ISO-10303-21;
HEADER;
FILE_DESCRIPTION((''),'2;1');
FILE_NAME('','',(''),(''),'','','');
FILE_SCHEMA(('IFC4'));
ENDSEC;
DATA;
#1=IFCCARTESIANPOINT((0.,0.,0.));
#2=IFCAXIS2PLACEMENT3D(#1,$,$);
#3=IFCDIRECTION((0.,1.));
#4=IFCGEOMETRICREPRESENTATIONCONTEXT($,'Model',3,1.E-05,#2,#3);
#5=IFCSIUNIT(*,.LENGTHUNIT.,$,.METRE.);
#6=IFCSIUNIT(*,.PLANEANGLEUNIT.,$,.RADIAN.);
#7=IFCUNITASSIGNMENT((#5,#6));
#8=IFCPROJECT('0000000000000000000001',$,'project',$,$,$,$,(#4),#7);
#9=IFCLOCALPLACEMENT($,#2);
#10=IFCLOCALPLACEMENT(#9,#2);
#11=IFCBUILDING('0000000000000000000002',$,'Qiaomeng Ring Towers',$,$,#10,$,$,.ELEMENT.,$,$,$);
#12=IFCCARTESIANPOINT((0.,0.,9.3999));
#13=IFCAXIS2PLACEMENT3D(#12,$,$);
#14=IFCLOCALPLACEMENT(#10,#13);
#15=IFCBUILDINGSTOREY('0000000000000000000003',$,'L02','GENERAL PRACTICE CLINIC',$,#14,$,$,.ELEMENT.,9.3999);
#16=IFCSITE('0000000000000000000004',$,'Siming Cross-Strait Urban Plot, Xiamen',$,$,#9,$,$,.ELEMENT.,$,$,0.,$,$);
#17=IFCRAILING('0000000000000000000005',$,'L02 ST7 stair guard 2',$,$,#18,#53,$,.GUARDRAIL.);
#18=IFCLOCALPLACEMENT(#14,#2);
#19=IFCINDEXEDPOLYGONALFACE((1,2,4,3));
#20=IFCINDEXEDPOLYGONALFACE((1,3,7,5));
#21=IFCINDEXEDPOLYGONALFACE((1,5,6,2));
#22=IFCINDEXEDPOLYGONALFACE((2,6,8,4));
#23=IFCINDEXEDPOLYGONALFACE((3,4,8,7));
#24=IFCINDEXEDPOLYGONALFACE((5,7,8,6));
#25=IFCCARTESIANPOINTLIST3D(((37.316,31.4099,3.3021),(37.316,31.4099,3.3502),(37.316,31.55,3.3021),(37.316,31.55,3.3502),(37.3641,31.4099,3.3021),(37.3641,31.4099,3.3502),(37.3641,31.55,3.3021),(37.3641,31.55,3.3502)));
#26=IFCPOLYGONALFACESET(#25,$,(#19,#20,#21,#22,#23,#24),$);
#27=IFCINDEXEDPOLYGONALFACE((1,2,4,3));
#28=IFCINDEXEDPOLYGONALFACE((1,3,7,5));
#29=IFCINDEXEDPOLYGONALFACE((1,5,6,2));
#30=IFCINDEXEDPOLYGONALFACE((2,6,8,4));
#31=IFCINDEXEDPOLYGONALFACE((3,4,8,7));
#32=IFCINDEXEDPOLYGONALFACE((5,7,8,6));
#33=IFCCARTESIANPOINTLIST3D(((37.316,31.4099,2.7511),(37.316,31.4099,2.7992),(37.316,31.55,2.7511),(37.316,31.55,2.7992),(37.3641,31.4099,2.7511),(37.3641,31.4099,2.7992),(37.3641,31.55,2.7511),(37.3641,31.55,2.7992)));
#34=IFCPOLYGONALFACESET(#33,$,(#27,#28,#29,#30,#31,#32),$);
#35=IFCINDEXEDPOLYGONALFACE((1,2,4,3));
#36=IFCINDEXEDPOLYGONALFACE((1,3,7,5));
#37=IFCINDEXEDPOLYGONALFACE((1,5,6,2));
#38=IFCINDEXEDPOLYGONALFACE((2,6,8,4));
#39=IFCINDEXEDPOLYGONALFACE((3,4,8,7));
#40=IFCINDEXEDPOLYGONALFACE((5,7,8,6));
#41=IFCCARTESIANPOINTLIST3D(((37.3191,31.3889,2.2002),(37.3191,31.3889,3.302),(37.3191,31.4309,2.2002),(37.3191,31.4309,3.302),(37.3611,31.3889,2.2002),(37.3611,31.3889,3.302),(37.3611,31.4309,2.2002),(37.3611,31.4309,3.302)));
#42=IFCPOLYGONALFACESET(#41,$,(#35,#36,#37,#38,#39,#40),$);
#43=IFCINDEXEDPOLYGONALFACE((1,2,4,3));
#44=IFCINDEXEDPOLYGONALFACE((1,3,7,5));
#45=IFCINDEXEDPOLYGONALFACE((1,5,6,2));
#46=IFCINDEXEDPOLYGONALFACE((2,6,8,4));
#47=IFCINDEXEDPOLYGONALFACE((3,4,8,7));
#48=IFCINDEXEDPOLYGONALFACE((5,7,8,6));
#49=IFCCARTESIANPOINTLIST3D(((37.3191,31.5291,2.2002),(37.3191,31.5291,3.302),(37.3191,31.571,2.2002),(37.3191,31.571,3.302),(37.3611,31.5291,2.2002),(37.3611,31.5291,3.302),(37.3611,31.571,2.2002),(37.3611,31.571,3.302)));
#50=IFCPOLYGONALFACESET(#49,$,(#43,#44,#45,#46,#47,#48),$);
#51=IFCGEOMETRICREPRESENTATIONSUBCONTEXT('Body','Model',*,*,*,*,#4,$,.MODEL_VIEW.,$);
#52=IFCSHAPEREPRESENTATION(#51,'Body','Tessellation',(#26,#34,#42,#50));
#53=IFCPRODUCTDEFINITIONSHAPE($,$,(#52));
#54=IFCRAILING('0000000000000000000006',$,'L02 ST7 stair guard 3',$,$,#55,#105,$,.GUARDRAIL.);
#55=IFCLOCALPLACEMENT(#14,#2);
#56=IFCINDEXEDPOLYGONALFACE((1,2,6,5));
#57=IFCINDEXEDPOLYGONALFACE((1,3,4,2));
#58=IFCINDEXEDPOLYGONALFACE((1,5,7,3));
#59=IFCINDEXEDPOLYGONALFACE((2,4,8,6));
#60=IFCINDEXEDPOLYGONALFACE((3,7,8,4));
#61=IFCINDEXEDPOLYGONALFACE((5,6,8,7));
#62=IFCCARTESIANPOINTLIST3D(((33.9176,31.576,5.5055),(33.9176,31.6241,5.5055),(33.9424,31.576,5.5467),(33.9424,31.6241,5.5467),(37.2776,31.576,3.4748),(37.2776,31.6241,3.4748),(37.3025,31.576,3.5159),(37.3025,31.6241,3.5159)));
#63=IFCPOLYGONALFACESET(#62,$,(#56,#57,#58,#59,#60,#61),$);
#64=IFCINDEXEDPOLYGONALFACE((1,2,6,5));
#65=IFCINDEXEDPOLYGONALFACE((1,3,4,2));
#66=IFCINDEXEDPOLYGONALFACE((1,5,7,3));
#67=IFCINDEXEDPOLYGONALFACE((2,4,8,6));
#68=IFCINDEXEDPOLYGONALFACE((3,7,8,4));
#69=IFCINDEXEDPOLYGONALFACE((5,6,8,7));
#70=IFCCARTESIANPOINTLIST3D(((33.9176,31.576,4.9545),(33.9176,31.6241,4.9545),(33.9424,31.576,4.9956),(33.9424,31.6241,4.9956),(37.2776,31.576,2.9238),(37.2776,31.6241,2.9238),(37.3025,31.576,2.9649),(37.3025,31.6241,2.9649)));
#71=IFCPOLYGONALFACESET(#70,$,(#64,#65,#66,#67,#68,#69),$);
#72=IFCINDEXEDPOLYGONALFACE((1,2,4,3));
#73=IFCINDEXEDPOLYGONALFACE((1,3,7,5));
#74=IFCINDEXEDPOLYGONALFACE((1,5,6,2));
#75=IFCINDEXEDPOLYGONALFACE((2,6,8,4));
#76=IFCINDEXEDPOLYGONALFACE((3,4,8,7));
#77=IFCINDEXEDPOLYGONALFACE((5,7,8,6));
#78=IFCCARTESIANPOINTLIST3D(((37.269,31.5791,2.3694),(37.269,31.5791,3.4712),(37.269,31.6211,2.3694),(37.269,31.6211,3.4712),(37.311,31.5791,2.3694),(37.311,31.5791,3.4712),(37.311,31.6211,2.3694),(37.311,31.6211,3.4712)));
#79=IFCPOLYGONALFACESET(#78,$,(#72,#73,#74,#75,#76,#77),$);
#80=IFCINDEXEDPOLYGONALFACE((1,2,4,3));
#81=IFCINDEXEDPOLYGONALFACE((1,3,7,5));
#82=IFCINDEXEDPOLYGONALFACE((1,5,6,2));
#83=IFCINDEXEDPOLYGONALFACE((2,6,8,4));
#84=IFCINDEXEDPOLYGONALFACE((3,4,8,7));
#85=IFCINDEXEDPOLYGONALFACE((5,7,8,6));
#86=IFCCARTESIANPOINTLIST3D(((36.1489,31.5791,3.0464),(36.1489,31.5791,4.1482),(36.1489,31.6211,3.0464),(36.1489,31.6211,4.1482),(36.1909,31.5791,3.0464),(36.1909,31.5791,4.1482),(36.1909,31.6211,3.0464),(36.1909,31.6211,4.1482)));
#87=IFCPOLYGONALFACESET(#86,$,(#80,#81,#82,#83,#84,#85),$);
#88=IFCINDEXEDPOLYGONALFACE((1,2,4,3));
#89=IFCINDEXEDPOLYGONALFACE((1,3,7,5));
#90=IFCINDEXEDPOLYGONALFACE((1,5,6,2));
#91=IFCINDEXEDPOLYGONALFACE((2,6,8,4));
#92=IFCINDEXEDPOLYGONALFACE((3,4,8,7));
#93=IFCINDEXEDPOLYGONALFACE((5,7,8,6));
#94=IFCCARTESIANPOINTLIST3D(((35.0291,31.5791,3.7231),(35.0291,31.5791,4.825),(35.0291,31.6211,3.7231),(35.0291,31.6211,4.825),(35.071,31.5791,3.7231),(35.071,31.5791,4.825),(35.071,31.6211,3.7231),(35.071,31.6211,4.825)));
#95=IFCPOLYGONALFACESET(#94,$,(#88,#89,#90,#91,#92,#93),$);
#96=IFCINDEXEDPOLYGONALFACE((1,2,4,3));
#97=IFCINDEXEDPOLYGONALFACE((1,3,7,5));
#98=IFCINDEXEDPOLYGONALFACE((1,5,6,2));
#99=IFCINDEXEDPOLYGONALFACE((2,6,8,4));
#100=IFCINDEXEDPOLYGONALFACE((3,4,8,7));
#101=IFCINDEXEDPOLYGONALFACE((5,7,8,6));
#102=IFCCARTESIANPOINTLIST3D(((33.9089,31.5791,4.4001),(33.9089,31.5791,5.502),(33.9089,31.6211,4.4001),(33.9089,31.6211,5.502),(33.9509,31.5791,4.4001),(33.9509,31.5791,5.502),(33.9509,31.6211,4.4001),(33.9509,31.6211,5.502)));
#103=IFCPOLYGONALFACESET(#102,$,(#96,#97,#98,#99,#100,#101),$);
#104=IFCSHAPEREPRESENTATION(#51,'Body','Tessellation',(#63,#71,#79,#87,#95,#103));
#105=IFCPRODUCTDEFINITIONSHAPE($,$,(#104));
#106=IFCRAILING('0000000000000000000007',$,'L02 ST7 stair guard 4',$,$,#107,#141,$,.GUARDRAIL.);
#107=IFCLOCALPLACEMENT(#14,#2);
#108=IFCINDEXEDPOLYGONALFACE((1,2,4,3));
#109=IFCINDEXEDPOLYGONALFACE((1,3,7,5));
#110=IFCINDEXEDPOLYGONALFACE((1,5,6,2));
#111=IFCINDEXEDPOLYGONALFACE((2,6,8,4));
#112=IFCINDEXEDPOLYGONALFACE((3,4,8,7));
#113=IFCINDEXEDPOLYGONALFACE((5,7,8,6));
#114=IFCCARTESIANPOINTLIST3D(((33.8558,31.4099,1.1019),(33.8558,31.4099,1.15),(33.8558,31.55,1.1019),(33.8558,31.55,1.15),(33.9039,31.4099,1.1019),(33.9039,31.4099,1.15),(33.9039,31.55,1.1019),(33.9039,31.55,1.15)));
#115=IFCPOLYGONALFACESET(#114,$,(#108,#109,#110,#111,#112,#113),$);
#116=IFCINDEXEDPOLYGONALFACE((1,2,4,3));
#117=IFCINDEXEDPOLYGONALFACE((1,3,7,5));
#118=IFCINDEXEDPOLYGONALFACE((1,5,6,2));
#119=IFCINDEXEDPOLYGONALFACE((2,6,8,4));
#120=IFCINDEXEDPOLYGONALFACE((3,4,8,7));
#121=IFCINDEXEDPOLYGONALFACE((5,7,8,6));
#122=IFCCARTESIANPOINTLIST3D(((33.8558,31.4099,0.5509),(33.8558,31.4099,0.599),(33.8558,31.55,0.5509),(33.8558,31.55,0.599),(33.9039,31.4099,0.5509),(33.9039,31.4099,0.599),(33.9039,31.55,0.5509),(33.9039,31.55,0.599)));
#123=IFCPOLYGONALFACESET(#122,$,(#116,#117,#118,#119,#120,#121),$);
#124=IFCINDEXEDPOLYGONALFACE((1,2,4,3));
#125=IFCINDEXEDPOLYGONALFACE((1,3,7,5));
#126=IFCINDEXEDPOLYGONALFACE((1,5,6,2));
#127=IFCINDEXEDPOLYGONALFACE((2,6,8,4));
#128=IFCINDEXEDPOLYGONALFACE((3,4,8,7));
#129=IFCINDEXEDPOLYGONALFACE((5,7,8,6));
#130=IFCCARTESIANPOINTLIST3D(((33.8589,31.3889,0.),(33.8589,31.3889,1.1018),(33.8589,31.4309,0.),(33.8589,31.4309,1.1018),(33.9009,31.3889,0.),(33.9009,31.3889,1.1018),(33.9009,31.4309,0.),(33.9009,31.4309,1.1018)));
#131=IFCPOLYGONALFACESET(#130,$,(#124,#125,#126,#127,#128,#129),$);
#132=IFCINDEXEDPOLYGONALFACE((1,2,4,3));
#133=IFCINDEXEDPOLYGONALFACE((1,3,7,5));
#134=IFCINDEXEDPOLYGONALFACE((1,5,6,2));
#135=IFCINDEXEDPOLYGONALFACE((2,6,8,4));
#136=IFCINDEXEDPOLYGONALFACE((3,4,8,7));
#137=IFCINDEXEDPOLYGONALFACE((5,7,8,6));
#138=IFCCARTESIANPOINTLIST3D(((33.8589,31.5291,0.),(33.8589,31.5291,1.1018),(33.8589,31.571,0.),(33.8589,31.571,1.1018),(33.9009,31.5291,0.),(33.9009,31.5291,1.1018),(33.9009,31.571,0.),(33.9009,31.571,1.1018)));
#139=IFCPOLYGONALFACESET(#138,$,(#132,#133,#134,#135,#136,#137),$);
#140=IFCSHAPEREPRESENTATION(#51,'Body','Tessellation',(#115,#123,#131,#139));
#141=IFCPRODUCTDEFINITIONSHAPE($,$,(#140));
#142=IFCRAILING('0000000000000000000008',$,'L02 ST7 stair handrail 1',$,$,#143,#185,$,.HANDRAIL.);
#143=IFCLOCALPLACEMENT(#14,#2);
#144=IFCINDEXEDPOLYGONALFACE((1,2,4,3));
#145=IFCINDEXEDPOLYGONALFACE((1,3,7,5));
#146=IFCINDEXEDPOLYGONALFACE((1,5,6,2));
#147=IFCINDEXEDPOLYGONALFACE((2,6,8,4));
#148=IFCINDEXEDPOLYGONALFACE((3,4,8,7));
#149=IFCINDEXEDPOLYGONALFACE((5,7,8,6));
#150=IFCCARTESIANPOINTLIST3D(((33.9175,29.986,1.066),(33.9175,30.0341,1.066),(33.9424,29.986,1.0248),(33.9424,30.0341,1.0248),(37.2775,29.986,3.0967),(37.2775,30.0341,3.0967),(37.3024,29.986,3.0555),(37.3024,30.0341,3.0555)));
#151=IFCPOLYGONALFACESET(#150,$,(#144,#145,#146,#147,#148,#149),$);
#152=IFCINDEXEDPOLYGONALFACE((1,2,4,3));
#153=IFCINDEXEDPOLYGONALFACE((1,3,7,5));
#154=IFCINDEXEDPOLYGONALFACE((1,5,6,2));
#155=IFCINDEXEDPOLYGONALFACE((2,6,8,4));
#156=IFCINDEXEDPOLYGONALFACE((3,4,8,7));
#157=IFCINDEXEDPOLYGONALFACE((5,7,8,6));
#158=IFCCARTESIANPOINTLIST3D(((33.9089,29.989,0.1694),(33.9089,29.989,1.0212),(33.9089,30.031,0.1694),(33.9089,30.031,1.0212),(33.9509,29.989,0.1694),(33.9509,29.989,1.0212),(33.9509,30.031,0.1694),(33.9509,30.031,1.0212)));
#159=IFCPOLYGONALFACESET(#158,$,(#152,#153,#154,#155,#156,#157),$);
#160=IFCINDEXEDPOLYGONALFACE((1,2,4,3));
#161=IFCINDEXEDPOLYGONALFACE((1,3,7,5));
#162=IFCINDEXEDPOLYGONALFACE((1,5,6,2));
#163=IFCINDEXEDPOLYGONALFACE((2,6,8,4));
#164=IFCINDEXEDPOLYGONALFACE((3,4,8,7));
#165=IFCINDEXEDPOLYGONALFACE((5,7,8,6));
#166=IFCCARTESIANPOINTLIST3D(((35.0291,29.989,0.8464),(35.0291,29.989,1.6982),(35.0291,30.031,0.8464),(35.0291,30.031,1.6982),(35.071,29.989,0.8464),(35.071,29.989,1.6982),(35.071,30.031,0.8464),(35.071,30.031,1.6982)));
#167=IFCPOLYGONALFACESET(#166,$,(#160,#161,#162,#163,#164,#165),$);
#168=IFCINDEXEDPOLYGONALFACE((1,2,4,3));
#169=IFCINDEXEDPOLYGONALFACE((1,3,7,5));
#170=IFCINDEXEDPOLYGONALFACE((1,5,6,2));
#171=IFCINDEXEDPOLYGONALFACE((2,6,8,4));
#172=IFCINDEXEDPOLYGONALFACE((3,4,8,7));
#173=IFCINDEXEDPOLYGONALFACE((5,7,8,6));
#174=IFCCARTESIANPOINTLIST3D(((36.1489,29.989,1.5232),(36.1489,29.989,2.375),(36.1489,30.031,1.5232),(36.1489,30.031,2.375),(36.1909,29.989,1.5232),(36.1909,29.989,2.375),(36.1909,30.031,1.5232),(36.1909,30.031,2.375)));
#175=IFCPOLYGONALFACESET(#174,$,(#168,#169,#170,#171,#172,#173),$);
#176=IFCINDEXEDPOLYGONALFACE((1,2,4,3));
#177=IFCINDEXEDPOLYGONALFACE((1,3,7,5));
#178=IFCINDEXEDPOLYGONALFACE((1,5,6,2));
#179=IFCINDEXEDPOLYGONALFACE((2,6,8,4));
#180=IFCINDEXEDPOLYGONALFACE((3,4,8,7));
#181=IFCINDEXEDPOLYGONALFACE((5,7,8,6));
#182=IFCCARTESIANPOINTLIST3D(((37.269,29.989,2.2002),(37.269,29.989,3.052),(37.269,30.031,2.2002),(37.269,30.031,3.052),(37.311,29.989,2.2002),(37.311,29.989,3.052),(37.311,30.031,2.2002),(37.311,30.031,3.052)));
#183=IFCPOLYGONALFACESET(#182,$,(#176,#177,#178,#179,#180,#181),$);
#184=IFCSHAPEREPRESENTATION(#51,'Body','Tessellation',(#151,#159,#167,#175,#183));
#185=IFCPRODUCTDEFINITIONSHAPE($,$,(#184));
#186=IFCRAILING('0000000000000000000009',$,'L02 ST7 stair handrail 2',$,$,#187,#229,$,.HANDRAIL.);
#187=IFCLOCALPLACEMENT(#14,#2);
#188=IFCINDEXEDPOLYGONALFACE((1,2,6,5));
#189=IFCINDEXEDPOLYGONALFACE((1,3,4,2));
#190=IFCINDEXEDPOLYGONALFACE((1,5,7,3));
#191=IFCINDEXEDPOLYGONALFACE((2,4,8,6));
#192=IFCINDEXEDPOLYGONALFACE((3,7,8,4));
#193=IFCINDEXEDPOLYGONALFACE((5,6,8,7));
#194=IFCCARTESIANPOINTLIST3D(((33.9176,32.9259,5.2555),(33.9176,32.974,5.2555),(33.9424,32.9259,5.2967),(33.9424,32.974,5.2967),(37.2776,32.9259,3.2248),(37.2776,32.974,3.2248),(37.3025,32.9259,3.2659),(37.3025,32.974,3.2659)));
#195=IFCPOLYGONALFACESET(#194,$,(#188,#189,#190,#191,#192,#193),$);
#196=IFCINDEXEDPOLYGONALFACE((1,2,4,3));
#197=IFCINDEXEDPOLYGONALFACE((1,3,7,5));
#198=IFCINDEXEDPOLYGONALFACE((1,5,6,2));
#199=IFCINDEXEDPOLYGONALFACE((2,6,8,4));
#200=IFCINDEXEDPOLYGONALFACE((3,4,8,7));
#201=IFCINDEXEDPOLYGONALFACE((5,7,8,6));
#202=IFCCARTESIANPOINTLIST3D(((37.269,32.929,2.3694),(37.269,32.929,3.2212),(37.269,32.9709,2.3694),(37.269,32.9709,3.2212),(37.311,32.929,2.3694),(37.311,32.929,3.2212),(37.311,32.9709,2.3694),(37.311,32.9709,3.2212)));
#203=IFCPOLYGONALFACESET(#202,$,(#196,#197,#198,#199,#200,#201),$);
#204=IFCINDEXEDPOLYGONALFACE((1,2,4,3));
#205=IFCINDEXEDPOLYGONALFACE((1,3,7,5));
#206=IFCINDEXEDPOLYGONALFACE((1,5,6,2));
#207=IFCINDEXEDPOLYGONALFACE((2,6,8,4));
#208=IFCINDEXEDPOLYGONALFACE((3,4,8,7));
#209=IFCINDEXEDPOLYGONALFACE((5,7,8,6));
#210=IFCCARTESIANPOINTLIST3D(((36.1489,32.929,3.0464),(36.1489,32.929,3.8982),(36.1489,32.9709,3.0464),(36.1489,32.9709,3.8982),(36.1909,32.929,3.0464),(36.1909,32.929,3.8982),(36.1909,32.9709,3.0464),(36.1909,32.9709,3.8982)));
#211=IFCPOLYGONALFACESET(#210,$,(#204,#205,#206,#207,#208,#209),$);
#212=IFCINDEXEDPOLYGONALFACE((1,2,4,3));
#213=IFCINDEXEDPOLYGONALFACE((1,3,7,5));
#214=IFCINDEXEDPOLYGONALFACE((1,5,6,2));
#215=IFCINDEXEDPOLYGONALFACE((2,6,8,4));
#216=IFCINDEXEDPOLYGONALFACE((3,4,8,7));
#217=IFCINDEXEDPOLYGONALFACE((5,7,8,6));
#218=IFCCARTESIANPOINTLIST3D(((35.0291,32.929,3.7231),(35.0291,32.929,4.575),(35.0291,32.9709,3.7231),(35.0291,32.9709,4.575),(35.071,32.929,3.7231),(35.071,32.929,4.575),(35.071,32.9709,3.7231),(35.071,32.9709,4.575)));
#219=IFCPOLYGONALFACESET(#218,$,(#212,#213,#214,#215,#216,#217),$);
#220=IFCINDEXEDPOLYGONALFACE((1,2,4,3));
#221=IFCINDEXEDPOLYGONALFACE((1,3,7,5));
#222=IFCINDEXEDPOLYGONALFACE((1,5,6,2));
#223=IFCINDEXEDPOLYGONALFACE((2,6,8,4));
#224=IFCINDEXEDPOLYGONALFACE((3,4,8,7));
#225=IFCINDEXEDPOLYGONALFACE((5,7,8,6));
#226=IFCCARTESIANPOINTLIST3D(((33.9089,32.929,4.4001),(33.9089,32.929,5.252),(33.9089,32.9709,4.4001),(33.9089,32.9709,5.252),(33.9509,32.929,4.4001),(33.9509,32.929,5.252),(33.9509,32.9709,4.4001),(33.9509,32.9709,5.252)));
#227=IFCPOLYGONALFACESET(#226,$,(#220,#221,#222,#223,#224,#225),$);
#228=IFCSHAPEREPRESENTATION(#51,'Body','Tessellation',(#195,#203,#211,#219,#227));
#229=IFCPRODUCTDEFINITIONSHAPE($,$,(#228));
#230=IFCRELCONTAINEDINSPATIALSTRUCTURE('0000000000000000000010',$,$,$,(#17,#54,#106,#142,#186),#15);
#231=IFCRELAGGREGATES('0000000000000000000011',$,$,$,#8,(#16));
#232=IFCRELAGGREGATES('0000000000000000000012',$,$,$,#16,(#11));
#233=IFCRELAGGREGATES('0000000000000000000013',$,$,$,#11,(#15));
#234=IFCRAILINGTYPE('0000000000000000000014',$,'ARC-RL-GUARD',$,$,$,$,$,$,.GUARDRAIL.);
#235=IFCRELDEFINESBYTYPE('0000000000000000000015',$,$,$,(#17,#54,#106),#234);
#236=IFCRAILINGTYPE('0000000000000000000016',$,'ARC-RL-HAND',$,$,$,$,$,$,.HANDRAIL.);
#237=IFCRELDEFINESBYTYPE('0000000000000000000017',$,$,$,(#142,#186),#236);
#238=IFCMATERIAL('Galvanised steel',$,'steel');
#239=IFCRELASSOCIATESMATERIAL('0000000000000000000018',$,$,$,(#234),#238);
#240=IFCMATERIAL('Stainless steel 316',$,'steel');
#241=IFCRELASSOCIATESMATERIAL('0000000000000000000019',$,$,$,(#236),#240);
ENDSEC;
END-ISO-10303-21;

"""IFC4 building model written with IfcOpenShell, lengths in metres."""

from ifc_helpers import new_model, si_unit, direction, frame, origin, origin_2d, place, context, subcontext, project, spatial, rectangle, extrude, material, type_object, element, save


model = new_model("IFC4")

# Units and contexts
model_context = context("Model", 3, precision=1e-05, world=origin(), true_north=direction((0.0, 1.0)))
body_context = subcontext(model_context, "Body", "Model", "MODEL_VIEW")
ifc_project = project(units=[si_unit("LENGTHUNIT", "METRE"), si_unit("PLANEANGLEUNIT", "RADIAN")], contexts=[model_context])

# Site, building, storey
site_placement = place(None, origin())
site = spatial("IfcSite", under=ifc_project, at=site_placement, Name="Siming Cross-Strait Urban Plot, Xiamen", CompositionType="ELEMENT", RefElevation=0.0)
building_placement = place(site_placement, origin())
building = spatial("IfcBuilding", under=site, at=building_placement, Name="Qiaomeng Ring Towers", CompositionType="ELEMENT")
storey_placement = place(building_placement, frame((0.0, 0.0, 9.3999)))
storey = spatial("IfcBuildingStorey", under=building, at=storey_placement, Name="L02", Description="GENERAL PRACTICE CLINIC", CompositionType="ELEMENT", Elevation=9.3999)

# Shared definitions
ifc_material_1 = material(Name="Galvanised steel", Category="steel")

# Railings
railing_type_1 = type_object("IfcRailingType", Name="ARC-RL-GUARD", PredefinedType="GUARDRAIL", material=ifc_material_1)
railing_1_placement = place(storey_placement, frame((37.3401, 31.4099, 2.2002)))
element("IfcRailing", 1, at=railing_1_placement, inside=storey, type_object=railing_type_1, Name="L02 ST7 stair guard 2", PredefinedType="GUARDRAIL", context=body_context, shape_type="SweptSolid", body=[
    extrude(rectangle(XDim=0.0481, YDim=0.0481, at=origin_2d()), frame((0.0, 0.0, 1.126), z_axis=(0.0, 1.0, 0.0), x_axis=(-1.0, 0.0, 0.0)), (0.0, 0.0, 1.0), 0.1401),
    extrude(rectangle(XDim=0.0481, YDim=0.0481, at=origin_2d()), frame((0.0, 0.0, 0.575), z_axis=(0.0, 1.0, 0.0), x_axis=(-1.0, 0.0, 0.0)), (0.0, 0.0, 1.0), 0.1401),
    extrude(rectangle(XDim=0.042, YDim=0.042, at=origin_2d()), origin(), (0.0, 0.0, 1.0), 1.1018),
    extrude(rectangle(XDim=0.042, YDim=0.042, at=origin_2d()), frame((0.0, 0.1401, 0.0)), (0.0, 0.0, 1.0), 1.1018),
])
railing_2_placement = place(storey_placement, frame((37.29, 31.6001, 2.3694)))
element("IfcRailing", 2, at=railing_2_placement, inside=storey, type_object=railing_type_1, Name="L02 ST7 stair guard 3", PredefinedType="GUARDRAIL", context=body_context, shape_type="SweptSolid", body=[
    extrude(rectangle(XDim=0.0481, YDim=0.0481, at=origin_2d()), frame((0.0, 0.0, 1.126), z_axis=(-0.855837, 0.0, 0.517246), x_axis=(0.0, -1.0, 0.0)), (0.0, 0.0, 1.0), 3.926),
    extrude(rectangle(XDim=0.0481, YDim=0.0481, at=origin_2d()), frame((0.0, 0.0, 0.575), z_axis=(-0.855837, 0.0, 0.517246), x_axis=(0.0, -1.0, 0.0)), (0.0, 0.0, 1.0), 3.926),
    extrude(rectangle(XDim=0.042, YDim=0.042, at=origin_2d()), origin(), (0.0, 0.0, 1.0), 1.1018),
    extrude(rectangle(XDim=0.042, YDim=0.042, at=origin_2d()), frame((-1.1201, 0.0, 0.677)), (0.0, 0.0, 1.0), 1.1018),
    extrude(rectangle(XDim=0.042, YDim=0.042, at=origin_2d()), frame((-2.24, 0.0, 1.3538)), (0.0, 0.0, 1.0), 1.1018),
    extrude(rectangle(XDim=0.042, YDim=0.042, at=origin_2d()), frame((-3.3601, 0.0, 2.0308)), (0.0, 0.0, 1.0), 1.1018),
])
railing_3_placement = place(storey_placement, frame((33.8799, 31.4099, 0.0)))
element("IfcRailing", 3, at=railing_3_placement, inside=storey, type_object=railing_type_1, Name="L02 ST7 stair guard 4", PredefinedType="GUARDRAIL", context=body_context, shape_type="SweptSolid", body=[
    extrude(rectangle(XDim=0.0481, YDim=0.0481, at=origin_2d()), frame((0.0, 0.0, 1.126), z_axis=(0.0, 1.0, 0.0), x_axis=(-1.0, 0.0, 0.0)), (0.0, 0.0, 1.0), 0.1401),
    extrude(rectangle(XDim=0.0481, YDim=0.0481, at=origin_2d()), frame((0.0, 0.0, 0.575), z_axis=(0.0, 1.0, 0.0), x_axis=(-1.0, 0.0, 0.0)), (0.0, 0.0, 1.0), 0.1401),
    extrude(rectangle(XDim=0.042, YDim=0.042, at=origin_2d()), origin(), (0.0, 0.0, 1.0), 1.1018),
    extrude(rectangle(XDim=0.042, YDim=0.042, at=origin_2d()), frame((0.0, 0.1401, 0.0)), (0.0, 0.0, 1.0), 1.1018),
])
ifc_material_2 = material(Name="Stainless steel 316", Category="steel")
railing_type_2 = type_object("IfcRailingType", Name="ARC-RL-HAND", PredefinedType="HANDRAIL", material=ifc_material_2)
railing_4_placement = place(storey_placement, frame((33.9299, 30.01, 0.1694)))
element("IfcRailing", 4, at=railing_4_placement, inside=storey, type_object=railing_type_2, Name="L02 ST7 stair handrail 1", PredefinedType="HANDRAIL", context=body_context, shape_type="SweptSolid", body=[
    extrude(rectangle(XDim=0.0481, YDim=0.0481, at=origin_2d()), frame((0.0, 0.0, 0.876), z_axis=(0.855837, 0.0, 0.517246), x_axis=(0.0, 1.0, 0.0)), (0.0, 0.0, 1.0), 3.926),
    extrude(rectangle(XDim=0.042, YDim=0.042, at=origin_2d()), origin(), (0.0, 0.0, 1.0), 0.8518),
    extrude(rectangle(XDim=0.042, YDim=0.042, at=origin_2d()), frame((1.1201, 0.0, 0.677)), (0.0, 0.0, 1.0), 0.8518),
    extrude(rectangle(XDim=0.042, YDim=0.042, at=origin_2d()), frame((2.24, 0.0, 1.3538)), (0.0, 0.0, 1.0), 0.8518),
    extrude(rectangle(XDim=0.042, YDim=0.042, at=origin_2d()), frame((3.3601, 0.0, 2.0308)), (0.0, 0.0, 1.0), 0.8518),
])
railing_5_placement = place(storey_placement, frame((37.29, 32.95, 2.3694)))
element("IfcRailing", 5, at=railing_5_placement, inside=storey, type_object=railing_type_2, Name="L02 ST7 stair handrail 2", PredefinedType="HANDRAIL", context=body_context, shape_type="SweptSolid", body=[
    extrude(rectangle(XDim=0.0481, YDim=0.0481, at=origin_2d()), frame((0.0, 0.0, 0.876), z_axis=(-0.855837, 0.0, 0.517246), x_axis=(0.0, -1.0, 0.0)), (0.0, 0.0, 1.0), 3.926),
    extrude(rectangle(XDim=0.042, YDim=0.042, at=origin_2d()), origin(), (0.0, 0.0, 1.0), 0.8518),
    extrude(rectangle(XDim=0.042, YDim=0.042, at=origin_2d()), frame((-1.1201, 0.0, 0.677)), (0.0, 0.0, 1.0), 0.8518),
    extrude(rectangle(XDim=0.042, YDim=0.042, at=origin_2d()), frame((-2.24, 0.0, 1.3538)), (0.0, 0.0, 1.0), 0.8518),
    extrude(rectangle(XDim=0.042, YDim=0.042, at=origin_2d()), frame((-3.3601, 0.0, 2.0308)), (0.0, 0.0, 1.0), 0.8518),
])

save(model, "model.ifc")
